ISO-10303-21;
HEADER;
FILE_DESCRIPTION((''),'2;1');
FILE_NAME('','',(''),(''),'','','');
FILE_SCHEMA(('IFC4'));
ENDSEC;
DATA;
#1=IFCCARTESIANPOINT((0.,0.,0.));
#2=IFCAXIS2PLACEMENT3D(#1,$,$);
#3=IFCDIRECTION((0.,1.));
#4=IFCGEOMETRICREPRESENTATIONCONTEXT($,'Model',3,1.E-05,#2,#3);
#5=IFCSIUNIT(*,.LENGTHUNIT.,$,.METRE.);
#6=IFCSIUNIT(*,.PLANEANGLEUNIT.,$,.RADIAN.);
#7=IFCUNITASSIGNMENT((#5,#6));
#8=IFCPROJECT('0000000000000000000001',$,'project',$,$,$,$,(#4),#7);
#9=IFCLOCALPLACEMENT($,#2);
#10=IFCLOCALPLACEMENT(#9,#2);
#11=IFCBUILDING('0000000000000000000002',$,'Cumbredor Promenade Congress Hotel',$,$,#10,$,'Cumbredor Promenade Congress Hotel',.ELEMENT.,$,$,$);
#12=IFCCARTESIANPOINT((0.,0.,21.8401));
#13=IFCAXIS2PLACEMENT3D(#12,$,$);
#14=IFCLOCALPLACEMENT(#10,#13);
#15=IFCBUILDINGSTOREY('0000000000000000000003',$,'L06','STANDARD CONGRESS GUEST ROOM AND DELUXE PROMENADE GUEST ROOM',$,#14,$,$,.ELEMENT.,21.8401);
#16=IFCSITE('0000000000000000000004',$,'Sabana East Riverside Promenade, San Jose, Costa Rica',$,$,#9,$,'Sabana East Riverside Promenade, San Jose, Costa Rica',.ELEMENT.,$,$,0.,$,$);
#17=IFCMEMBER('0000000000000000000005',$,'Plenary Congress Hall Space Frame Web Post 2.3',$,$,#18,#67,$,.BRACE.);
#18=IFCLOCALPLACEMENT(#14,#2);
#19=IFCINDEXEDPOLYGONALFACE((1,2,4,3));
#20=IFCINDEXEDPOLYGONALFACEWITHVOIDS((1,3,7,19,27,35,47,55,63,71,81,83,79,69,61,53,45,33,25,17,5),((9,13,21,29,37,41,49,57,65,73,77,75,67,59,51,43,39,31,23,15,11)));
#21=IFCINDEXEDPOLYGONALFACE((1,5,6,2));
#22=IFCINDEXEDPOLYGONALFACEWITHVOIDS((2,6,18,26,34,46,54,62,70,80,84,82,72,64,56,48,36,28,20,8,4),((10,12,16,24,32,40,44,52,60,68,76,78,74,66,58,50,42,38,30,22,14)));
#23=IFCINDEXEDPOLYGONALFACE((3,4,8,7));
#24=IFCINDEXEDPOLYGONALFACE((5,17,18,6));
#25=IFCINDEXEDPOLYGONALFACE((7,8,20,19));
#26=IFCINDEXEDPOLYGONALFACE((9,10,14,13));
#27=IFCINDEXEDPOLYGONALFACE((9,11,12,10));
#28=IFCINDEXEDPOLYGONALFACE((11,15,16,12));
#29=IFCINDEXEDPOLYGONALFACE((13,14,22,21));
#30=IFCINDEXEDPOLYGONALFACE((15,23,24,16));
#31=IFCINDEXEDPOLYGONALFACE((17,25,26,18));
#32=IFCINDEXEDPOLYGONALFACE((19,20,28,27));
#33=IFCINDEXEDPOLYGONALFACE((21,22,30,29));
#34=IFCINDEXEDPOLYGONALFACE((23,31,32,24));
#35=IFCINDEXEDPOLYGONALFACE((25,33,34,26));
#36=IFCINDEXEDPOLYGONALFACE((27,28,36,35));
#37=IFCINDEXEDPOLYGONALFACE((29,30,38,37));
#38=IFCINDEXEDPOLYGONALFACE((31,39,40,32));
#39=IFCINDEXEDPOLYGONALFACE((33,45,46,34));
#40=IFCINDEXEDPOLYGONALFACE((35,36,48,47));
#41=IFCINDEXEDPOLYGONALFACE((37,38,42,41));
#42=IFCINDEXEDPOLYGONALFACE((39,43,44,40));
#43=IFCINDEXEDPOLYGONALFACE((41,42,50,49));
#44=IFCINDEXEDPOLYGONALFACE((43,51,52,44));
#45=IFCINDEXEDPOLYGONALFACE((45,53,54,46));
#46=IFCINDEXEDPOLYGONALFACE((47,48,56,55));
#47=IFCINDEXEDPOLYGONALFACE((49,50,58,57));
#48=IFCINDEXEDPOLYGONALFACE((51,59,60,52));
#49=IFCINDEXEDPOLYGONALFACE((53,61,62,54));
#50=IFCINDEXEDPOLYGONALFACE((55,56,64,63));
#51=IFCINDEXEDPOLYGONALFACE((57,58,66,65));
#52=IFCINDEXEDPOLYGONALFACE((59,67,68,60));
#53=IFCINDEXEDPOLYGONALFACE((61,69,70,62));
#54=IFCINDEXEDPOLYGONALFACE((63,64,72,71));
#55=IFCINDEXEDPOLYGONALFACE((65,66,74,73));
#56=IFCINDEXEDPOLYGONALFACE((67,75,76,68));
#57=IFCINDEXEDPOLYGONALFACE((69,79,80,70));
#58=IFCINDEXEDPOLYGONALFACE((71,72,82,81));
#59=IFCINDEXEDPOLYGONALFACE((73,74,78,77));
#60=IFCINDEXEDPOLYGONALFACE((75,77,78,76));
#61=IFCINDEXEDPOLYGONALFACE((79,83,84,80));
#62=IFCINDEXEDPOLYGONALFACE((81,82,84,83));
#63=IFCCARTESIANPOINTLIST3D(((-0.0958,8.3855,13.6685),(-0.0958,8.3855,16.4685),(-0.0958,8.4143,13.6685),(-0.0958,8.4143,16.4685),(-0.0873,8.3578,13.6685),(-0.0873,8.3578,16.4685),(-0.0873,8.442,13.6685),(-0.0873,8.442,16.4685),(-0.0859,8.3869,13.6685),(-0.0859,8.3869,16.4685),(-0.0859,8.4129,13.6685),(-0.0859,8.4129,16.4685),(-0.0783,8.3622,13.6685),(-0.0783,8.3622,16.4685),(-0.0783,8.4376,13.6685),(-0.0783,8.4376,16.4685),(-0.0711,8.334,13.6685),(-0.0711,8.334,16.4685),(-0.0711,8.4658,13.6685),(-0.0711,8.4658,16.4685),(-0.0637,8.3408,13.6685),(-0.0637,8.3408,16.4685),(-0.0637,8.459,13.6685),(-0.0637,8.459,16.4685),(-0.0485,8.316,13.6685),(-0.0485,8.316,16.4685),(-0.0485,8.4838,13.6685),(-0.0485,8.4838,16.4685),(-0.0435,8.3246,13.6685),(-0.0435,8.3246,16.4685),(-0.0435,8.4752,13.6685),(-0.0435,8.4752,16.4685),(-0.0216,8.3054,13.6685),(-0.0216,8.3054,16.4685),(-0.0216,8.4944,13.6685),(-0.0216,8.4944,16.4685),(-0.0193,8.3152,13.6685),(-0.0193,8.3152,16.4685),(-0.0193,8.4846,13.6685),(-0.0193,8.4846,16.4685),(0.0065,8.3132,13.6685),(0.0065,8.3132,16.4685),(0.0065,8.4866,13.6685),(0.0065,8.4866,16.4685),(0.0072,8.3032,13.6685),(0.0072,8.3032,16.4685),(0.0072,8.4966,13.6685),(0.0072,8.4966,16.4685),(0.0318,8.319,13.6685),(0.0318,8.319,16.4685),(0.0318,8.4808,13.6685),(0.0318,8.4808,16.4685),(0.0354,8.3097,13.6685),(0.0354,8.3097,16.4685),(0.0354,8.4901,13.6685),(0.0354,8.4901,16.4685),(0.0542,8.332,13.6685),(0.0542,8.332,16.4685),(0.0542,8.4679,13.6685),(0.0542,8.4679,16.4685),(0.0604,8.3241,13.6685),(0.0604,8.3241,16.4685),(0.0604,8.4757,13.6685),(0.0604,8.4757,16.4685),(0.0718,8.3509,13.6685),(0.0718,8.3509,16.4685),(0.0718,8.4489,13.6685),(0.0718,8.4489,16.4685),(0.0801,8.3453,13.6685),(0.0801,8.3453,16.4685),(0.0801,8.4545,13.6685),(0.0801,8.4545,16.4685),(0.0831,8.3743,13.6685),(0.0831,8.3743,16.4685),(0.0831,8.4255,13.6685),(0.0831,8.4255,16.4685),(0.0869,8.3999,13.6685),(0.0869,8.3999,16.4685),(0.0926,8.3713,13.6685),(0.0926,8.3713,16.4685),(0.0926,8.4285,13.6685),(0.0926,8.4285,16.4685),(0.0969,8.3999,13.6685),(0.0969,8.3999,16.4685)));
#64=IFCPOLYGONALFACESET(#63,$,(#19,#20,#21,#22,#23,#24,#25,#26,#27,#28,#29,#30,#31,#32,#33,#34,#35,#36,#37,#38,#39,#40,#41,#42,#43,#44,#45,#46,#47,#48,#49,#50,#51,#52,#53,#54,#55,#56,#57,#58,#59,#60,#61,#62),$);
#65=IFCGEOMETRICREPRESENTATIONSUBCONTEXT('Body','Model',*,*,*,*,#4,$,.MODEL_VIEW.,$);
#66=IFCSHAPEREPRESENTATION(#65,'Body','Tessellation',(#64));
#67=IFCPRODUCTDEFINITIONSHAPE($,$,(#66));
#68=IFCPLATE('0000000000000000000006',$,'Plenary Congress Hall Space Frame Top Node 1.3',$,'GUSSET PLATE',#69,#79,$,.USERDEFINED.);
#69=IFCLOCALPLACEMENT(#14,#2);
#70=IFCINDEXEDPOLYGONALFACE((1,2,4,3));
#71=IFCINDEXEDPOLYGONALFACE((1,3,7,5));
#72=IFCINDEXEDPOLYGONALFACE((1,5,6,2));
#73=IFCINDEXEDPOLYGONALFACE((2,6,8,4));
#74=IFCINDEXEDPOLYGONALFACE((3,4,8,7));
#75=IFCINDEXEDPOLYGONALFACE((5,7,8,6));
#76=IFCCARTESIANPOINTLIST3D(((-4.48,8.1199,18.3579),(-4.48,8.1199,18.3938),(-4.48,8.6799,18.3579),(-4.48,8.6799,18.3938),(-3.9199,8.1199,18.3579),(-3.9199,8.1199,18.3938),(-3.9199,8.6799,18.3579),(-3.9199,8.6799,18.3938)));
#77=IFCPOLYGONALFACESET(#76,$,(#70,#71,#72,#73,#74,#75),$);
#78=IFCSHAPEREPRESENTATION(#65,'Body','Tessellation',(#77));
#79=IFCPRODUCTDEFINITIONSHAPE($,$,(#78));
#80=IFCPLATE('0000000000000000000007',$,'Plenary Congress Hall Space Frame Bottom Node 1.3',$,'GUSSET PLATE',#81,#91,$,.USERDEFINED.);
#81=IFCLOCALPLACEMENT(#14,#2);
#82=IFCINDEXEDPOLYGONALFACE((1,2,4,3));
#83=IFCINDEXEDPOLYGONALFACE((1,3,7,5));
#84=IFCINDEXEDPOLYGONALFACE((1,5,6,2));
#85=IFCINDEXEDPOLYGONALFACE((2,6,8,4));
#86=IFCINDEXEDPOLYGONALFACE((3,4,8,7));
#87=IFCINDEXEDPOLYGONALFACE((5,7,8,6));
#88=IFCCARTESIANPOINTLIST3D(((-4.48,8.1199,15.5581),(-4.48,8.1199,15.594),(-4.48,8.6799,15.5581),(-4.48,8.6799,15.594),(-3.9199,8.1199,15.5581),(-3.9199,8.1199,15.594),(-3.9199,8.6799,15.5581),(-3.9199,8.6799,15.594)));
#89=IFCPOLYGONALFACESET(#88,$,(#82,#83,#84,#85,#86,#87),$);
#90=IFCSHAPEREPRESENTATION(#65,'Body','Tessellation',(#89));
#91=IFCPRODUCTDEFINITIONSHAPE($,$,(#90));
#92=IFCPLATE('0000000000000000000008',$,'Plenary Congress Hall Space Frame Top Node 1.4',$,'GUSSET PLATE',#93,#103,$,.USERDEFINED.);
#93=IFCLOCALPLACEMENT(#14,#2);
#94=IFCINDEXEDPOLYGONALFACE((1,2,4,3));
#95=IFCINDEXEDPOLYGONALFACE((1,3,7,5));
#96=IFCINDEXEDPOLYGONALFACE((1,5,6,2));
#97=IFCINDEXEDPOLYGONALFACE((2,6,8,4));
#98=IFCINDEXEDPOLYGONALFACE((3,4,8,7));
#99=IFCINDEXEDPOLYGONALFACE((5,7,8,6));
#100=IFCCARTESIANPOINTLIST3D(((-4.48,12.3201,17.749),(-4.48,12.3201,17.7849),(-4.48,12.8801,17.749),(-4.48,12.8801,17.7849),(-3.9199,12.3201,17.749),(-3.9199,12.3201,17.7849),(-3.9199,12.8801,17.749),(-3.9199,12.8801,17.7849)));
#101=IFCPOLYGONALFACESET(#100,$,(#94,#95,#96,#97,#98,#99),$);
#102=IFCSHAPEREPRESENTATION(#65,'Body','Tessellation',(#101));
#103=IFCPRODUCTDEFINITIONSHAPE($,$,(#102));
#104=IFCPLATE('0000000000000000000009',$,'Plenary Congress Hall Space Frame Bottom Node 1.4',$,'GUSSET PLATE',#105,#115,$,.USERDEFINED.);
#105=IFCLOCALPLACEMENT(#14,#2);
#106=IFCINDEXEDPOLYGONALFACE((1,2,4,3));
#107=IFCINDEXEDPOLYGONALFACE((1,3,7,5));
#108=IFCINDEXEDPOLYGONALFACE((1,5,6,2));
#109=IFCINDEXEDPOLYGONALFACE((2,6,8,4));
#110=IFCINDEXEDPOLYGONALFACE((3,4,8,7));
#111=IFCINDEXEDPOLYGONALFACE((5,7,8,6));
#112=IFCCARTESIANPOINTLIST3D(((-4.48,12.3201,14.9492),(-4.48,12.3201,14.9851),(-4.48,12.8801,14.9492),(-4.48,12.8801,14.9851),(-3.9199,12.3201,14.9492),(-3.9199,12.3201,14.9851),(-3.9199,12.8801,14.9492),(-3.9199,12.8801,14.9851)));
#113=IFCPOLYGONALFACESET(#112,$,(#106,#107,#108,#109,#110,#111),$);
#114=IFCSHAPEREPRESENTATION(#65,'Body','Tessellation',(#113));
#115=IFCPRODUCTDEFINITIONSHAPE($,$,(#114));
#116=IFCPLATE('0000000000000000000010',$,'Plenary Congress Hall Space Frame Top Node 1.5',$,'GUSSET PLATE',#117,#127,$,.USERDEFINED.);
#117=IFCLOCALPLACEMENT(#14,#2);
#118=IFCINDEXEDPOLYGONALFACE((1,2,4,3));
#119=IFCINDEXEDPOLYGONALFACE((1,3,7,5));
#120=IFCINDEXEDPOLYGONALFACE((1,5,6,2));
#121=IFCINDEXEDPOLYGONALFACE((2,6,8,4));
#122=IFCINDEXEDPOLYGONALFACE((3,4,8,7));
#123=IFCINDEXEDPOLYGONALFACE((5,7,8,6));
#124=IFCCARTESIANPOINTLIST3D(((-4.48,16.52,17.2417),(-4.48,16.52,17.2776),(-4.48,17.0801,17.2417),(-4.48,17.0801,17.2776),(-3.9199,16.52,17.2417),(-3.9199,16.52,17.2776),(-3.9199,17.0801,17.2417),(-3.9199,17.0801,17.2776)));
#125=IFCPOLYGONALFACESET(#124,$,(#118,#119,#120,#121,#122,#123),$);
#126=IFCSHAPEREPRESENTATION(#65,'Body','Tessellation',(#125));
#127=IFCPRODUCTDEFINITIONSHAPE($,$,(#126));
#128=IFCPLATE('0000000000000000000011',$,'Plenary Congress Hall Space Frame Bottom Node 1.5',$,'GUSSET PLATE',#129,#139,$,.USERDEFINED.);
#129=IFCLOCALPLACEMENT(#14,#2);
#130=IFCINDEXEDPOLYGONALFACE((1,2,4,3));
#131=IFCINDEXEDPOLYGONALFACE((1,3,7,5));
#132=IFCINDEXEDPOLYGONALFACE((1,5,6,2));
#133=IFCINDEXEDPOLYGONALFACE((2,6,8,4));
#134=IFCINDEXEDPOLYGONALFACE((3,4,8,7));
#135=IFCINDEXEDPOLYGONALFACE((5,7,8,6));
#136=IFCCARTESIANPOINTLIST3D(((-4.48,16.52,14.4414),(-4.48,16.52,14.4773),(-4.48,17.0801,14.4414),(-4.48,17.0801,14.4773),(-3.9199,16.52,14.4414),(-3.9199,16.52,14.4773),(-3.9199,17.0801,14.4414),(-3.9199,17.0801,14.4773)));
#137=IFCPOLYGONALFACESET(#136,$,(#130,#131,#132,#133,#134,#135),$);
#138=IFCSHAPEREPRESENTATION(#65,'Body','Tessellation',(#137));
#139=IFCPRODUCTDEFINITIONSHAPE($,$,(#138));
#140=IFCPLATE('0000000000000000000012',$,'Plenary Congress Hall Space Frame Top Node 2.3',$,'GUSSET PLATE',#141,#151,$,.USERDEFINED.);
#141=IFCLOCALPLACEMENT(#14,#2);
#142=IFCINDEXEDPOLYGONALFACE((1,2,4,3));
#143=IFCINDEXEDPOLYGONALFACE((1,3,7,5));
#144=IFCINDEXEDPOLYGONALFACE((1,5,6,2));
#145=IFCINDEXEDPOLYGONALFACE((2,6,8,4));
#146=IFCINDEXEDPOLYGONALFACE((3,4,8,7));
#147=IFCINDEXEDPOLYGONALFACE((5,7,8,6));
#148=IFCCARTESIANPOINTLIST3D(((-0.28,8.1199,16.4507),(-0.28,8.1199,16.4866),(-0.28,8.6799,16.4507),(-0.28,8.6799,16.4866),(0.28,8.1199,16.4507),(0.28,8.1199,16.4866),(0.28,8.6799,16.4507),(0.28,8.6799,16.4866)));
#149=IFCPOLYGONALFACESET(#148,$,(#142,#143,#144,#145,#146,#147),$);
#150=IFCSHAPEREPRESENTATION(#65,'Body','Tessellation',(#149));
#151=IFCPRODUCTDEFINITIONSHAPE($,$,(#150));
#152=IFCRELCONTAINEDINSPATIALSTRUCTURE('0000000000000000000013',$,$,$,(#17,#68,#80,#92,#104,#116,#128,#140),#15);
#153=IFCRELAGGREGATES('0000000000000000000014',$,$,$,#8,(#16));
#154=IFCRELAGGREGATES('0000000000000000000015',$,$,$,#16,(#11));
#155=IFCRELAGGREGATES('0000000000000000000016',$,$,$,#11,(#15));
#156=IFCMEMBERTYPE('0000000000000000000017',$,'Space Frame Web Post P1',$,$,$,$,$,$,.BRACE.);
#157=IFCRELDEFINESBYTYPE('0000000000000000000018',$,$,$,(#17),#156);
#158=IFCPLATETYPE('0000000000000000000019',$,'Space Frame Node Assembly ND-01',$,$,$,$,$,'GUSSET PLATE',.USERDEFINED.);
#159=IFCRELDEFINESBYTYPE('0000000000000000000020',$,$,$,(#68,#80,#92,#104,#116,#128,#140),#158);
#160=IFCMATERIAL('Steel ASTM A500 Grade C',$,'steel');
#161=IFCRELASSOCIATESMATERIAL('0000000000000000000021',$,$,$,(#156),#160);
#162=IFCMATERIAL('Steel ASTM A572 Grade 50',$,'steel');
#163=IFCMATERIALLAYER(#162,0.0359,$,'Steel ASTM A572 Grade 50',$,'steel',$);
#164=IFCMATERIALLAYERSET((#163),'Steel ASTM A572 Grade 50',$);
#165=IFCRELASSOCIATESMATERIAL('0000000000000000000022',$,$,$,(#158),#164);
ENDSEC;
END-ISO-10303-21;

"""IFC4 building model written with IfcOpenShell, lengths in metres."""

from ifc_helpers import new_model, si_unit, direction, frame, origin, origin_2d, place, context, subcontext, project, spatial, rectangle, hollow_circle, extrude, material, layer, layer_set, material_profile, profile_set, type_object, element, save


model = new_model("IFC4")

# Units and contexts
model_context = context("Model", 3, precision=1e-05, world=origin(), true_north=direction((0.0, 1.0)))
body_context = subcontext(model_context, "Body", "Model", "MODEL_VIEW")
ifc_project = project(units=[si_unit("LENGTHUNIT", "METRE"), si_unit("PLANEANGLEUNIT", "RADIAN")], contexts=[model_context])

# Site, building, storey
site_placement = place(None, origin())
site = spatial("IfcSite", under=ifc_project, at=site_placement, Name="Sabana East Riverside Promenade, San Jose, Costa Rica", LongName="Sabana East Riverside Promenade, San Jose, Costa Rica", CompositionType="ELEMENT", RefElevation=0.0)
building_placement = place(site_placement, origin())
building = spatial("IfcBuilding", under=site, at=building_placement, Name="Cumbredor Promenade Congress Hotel", LongName="Cumbredor Promenade Congress Hotel", CompositionType="ELEMENT")
storey_placement = place(building_placement, frame((0.0, 0.0, 21.8401)))
storey = spatial("IfcBuildingStorey", under=building, at=storey_placement, Name="L06", Description="STANDARD CONGRESS GUEST ROOM AND DELUXE PROMENADE GUEST ROOM", CompositionType="ELEMENT", Elevation=21.8401)

# Member
ifc_material_1 = material(Name="Steel ASTM A500 Grade C", Category="steel")
ifc_material_profile_1 = material_profile(ifc_material_1, hollow_circle(Radius=0.0969, WallThickness=0.01, at=origin_2d()), Name="CHS 193.7x10")
ifc_profile_set_1 = profile_set([ifc_material_profile_1], Name="Steel ASTM A500 Grade C")
member_type_1 = type_object("IfcMemberType", Name="Space Frame Web Post P1", PredefinedType="BRACE", material=ifc_profile_set_1)
for number, where, z_axis, x_axis, name in (
    (1, (0.0, 8.3999, 13.6685), (0.0, 0.0, 1.0), (1.0, 0.0, 0.0), "Plenary Congress Hall Space Frame Web Post 2.3"),
):
    element("IfcMember", number, at=place(storey_placement, frame(where, z_axis=z_axis, x_axis=x_axis)), inside=storey, type_object=member_type_1, Name=name, PredefinedType="BRACE", context=body_context, shape_type="SweptSolid", body=[
        extrude(hollow_circle(Radius=0.0969, WallThickness=0.01, at=origin_2d()), origin(), (0.0, 0.0, 1.0), 2.8),
    ])

# Plates
ifc_material_2 = material(Name="Steel ASTM A572 Grade 50", Category="steel")
ifc_layer = layer(ifc_material_2, 0.0359, Name="Steel ASTM A572 Grade 50", Category="steel")
ifc_layer_set = layer_set([ifc_layer], Name="Steel ASTM A572 Grade 50")
plate_type = type_object("IfcPlateType", Name="Space Frame Node Assembly ND-01", ElementType="GUSSET PLATE", PredefinedType="USERDEFINED", material=ifc_layer_set)
for number, where, z_axis, x_axis, name in (
    (2, (-4.2, 8.3999, 18.3579), (0.0, 0.0, 1.0), (1.0, 0.0, 0.0), "Plenary Congress Hall Space Frame Top Node 1.3"),
    (3, (-4.2, 8.3999, 15.5581), (0.0, 0.0, 1.0), (1.0, 0.0, 0.0), "Plenary Congress Hall Space Frame Bottom Node 1.3"),
    (4, (-4.2, 12.6001, 17.749), (0.0, 0.0, 1.0), (1.0, 0.0, 0.0), "Plenary Congress Hall Space Frame Top Node 1.4"),
    (5, (-4.2, 12.6001, 14.9492), (0.0, 0.0, 1.0), (1.0, 0.0, 0.0), "Plenary Congress Hall Space Frame Bottom Node 1.4"),
    (6, (-4.2, 16.8, 17.2417), (0.0, 0.0, 1.0), (1.0, 0.0, 0.0), "Plenary Congress Hall Space Frame Top Node 1.5"),
    (7, (-4.2, 16.8, 14.4414), (0.0, 0.0, 1.0), (1.0, 0.0, 0.0), "Plenary Congress Hall Space Frame Bottom Node 1.5"),
    (8, (0.0, 8.3999, 16.4507), (0.0, 0.0, 1.0), (1.0, 0.0, 0.0), "Plenary Congress Hall Space Frame Top Node 2.3"),
):
    element("IfcPlate", number, at=place(storey_placement, frame(where, z_axis=z_axis, x_axis=x_axis)), inside=storey, type_object=plate_type, Name=name, ObjectType="GUSSET PLATE", PredefinedType="USERDEFINED", context=body_context, shape_type="SweptSolid", body=[
        extrude(rectangle(XDim=0.5601, YDim=0.5601, at=origin_2d()), origin(), (0.0, 0.0, 1.0), 0.0359),
    ])

save(model, "model.ifc")
